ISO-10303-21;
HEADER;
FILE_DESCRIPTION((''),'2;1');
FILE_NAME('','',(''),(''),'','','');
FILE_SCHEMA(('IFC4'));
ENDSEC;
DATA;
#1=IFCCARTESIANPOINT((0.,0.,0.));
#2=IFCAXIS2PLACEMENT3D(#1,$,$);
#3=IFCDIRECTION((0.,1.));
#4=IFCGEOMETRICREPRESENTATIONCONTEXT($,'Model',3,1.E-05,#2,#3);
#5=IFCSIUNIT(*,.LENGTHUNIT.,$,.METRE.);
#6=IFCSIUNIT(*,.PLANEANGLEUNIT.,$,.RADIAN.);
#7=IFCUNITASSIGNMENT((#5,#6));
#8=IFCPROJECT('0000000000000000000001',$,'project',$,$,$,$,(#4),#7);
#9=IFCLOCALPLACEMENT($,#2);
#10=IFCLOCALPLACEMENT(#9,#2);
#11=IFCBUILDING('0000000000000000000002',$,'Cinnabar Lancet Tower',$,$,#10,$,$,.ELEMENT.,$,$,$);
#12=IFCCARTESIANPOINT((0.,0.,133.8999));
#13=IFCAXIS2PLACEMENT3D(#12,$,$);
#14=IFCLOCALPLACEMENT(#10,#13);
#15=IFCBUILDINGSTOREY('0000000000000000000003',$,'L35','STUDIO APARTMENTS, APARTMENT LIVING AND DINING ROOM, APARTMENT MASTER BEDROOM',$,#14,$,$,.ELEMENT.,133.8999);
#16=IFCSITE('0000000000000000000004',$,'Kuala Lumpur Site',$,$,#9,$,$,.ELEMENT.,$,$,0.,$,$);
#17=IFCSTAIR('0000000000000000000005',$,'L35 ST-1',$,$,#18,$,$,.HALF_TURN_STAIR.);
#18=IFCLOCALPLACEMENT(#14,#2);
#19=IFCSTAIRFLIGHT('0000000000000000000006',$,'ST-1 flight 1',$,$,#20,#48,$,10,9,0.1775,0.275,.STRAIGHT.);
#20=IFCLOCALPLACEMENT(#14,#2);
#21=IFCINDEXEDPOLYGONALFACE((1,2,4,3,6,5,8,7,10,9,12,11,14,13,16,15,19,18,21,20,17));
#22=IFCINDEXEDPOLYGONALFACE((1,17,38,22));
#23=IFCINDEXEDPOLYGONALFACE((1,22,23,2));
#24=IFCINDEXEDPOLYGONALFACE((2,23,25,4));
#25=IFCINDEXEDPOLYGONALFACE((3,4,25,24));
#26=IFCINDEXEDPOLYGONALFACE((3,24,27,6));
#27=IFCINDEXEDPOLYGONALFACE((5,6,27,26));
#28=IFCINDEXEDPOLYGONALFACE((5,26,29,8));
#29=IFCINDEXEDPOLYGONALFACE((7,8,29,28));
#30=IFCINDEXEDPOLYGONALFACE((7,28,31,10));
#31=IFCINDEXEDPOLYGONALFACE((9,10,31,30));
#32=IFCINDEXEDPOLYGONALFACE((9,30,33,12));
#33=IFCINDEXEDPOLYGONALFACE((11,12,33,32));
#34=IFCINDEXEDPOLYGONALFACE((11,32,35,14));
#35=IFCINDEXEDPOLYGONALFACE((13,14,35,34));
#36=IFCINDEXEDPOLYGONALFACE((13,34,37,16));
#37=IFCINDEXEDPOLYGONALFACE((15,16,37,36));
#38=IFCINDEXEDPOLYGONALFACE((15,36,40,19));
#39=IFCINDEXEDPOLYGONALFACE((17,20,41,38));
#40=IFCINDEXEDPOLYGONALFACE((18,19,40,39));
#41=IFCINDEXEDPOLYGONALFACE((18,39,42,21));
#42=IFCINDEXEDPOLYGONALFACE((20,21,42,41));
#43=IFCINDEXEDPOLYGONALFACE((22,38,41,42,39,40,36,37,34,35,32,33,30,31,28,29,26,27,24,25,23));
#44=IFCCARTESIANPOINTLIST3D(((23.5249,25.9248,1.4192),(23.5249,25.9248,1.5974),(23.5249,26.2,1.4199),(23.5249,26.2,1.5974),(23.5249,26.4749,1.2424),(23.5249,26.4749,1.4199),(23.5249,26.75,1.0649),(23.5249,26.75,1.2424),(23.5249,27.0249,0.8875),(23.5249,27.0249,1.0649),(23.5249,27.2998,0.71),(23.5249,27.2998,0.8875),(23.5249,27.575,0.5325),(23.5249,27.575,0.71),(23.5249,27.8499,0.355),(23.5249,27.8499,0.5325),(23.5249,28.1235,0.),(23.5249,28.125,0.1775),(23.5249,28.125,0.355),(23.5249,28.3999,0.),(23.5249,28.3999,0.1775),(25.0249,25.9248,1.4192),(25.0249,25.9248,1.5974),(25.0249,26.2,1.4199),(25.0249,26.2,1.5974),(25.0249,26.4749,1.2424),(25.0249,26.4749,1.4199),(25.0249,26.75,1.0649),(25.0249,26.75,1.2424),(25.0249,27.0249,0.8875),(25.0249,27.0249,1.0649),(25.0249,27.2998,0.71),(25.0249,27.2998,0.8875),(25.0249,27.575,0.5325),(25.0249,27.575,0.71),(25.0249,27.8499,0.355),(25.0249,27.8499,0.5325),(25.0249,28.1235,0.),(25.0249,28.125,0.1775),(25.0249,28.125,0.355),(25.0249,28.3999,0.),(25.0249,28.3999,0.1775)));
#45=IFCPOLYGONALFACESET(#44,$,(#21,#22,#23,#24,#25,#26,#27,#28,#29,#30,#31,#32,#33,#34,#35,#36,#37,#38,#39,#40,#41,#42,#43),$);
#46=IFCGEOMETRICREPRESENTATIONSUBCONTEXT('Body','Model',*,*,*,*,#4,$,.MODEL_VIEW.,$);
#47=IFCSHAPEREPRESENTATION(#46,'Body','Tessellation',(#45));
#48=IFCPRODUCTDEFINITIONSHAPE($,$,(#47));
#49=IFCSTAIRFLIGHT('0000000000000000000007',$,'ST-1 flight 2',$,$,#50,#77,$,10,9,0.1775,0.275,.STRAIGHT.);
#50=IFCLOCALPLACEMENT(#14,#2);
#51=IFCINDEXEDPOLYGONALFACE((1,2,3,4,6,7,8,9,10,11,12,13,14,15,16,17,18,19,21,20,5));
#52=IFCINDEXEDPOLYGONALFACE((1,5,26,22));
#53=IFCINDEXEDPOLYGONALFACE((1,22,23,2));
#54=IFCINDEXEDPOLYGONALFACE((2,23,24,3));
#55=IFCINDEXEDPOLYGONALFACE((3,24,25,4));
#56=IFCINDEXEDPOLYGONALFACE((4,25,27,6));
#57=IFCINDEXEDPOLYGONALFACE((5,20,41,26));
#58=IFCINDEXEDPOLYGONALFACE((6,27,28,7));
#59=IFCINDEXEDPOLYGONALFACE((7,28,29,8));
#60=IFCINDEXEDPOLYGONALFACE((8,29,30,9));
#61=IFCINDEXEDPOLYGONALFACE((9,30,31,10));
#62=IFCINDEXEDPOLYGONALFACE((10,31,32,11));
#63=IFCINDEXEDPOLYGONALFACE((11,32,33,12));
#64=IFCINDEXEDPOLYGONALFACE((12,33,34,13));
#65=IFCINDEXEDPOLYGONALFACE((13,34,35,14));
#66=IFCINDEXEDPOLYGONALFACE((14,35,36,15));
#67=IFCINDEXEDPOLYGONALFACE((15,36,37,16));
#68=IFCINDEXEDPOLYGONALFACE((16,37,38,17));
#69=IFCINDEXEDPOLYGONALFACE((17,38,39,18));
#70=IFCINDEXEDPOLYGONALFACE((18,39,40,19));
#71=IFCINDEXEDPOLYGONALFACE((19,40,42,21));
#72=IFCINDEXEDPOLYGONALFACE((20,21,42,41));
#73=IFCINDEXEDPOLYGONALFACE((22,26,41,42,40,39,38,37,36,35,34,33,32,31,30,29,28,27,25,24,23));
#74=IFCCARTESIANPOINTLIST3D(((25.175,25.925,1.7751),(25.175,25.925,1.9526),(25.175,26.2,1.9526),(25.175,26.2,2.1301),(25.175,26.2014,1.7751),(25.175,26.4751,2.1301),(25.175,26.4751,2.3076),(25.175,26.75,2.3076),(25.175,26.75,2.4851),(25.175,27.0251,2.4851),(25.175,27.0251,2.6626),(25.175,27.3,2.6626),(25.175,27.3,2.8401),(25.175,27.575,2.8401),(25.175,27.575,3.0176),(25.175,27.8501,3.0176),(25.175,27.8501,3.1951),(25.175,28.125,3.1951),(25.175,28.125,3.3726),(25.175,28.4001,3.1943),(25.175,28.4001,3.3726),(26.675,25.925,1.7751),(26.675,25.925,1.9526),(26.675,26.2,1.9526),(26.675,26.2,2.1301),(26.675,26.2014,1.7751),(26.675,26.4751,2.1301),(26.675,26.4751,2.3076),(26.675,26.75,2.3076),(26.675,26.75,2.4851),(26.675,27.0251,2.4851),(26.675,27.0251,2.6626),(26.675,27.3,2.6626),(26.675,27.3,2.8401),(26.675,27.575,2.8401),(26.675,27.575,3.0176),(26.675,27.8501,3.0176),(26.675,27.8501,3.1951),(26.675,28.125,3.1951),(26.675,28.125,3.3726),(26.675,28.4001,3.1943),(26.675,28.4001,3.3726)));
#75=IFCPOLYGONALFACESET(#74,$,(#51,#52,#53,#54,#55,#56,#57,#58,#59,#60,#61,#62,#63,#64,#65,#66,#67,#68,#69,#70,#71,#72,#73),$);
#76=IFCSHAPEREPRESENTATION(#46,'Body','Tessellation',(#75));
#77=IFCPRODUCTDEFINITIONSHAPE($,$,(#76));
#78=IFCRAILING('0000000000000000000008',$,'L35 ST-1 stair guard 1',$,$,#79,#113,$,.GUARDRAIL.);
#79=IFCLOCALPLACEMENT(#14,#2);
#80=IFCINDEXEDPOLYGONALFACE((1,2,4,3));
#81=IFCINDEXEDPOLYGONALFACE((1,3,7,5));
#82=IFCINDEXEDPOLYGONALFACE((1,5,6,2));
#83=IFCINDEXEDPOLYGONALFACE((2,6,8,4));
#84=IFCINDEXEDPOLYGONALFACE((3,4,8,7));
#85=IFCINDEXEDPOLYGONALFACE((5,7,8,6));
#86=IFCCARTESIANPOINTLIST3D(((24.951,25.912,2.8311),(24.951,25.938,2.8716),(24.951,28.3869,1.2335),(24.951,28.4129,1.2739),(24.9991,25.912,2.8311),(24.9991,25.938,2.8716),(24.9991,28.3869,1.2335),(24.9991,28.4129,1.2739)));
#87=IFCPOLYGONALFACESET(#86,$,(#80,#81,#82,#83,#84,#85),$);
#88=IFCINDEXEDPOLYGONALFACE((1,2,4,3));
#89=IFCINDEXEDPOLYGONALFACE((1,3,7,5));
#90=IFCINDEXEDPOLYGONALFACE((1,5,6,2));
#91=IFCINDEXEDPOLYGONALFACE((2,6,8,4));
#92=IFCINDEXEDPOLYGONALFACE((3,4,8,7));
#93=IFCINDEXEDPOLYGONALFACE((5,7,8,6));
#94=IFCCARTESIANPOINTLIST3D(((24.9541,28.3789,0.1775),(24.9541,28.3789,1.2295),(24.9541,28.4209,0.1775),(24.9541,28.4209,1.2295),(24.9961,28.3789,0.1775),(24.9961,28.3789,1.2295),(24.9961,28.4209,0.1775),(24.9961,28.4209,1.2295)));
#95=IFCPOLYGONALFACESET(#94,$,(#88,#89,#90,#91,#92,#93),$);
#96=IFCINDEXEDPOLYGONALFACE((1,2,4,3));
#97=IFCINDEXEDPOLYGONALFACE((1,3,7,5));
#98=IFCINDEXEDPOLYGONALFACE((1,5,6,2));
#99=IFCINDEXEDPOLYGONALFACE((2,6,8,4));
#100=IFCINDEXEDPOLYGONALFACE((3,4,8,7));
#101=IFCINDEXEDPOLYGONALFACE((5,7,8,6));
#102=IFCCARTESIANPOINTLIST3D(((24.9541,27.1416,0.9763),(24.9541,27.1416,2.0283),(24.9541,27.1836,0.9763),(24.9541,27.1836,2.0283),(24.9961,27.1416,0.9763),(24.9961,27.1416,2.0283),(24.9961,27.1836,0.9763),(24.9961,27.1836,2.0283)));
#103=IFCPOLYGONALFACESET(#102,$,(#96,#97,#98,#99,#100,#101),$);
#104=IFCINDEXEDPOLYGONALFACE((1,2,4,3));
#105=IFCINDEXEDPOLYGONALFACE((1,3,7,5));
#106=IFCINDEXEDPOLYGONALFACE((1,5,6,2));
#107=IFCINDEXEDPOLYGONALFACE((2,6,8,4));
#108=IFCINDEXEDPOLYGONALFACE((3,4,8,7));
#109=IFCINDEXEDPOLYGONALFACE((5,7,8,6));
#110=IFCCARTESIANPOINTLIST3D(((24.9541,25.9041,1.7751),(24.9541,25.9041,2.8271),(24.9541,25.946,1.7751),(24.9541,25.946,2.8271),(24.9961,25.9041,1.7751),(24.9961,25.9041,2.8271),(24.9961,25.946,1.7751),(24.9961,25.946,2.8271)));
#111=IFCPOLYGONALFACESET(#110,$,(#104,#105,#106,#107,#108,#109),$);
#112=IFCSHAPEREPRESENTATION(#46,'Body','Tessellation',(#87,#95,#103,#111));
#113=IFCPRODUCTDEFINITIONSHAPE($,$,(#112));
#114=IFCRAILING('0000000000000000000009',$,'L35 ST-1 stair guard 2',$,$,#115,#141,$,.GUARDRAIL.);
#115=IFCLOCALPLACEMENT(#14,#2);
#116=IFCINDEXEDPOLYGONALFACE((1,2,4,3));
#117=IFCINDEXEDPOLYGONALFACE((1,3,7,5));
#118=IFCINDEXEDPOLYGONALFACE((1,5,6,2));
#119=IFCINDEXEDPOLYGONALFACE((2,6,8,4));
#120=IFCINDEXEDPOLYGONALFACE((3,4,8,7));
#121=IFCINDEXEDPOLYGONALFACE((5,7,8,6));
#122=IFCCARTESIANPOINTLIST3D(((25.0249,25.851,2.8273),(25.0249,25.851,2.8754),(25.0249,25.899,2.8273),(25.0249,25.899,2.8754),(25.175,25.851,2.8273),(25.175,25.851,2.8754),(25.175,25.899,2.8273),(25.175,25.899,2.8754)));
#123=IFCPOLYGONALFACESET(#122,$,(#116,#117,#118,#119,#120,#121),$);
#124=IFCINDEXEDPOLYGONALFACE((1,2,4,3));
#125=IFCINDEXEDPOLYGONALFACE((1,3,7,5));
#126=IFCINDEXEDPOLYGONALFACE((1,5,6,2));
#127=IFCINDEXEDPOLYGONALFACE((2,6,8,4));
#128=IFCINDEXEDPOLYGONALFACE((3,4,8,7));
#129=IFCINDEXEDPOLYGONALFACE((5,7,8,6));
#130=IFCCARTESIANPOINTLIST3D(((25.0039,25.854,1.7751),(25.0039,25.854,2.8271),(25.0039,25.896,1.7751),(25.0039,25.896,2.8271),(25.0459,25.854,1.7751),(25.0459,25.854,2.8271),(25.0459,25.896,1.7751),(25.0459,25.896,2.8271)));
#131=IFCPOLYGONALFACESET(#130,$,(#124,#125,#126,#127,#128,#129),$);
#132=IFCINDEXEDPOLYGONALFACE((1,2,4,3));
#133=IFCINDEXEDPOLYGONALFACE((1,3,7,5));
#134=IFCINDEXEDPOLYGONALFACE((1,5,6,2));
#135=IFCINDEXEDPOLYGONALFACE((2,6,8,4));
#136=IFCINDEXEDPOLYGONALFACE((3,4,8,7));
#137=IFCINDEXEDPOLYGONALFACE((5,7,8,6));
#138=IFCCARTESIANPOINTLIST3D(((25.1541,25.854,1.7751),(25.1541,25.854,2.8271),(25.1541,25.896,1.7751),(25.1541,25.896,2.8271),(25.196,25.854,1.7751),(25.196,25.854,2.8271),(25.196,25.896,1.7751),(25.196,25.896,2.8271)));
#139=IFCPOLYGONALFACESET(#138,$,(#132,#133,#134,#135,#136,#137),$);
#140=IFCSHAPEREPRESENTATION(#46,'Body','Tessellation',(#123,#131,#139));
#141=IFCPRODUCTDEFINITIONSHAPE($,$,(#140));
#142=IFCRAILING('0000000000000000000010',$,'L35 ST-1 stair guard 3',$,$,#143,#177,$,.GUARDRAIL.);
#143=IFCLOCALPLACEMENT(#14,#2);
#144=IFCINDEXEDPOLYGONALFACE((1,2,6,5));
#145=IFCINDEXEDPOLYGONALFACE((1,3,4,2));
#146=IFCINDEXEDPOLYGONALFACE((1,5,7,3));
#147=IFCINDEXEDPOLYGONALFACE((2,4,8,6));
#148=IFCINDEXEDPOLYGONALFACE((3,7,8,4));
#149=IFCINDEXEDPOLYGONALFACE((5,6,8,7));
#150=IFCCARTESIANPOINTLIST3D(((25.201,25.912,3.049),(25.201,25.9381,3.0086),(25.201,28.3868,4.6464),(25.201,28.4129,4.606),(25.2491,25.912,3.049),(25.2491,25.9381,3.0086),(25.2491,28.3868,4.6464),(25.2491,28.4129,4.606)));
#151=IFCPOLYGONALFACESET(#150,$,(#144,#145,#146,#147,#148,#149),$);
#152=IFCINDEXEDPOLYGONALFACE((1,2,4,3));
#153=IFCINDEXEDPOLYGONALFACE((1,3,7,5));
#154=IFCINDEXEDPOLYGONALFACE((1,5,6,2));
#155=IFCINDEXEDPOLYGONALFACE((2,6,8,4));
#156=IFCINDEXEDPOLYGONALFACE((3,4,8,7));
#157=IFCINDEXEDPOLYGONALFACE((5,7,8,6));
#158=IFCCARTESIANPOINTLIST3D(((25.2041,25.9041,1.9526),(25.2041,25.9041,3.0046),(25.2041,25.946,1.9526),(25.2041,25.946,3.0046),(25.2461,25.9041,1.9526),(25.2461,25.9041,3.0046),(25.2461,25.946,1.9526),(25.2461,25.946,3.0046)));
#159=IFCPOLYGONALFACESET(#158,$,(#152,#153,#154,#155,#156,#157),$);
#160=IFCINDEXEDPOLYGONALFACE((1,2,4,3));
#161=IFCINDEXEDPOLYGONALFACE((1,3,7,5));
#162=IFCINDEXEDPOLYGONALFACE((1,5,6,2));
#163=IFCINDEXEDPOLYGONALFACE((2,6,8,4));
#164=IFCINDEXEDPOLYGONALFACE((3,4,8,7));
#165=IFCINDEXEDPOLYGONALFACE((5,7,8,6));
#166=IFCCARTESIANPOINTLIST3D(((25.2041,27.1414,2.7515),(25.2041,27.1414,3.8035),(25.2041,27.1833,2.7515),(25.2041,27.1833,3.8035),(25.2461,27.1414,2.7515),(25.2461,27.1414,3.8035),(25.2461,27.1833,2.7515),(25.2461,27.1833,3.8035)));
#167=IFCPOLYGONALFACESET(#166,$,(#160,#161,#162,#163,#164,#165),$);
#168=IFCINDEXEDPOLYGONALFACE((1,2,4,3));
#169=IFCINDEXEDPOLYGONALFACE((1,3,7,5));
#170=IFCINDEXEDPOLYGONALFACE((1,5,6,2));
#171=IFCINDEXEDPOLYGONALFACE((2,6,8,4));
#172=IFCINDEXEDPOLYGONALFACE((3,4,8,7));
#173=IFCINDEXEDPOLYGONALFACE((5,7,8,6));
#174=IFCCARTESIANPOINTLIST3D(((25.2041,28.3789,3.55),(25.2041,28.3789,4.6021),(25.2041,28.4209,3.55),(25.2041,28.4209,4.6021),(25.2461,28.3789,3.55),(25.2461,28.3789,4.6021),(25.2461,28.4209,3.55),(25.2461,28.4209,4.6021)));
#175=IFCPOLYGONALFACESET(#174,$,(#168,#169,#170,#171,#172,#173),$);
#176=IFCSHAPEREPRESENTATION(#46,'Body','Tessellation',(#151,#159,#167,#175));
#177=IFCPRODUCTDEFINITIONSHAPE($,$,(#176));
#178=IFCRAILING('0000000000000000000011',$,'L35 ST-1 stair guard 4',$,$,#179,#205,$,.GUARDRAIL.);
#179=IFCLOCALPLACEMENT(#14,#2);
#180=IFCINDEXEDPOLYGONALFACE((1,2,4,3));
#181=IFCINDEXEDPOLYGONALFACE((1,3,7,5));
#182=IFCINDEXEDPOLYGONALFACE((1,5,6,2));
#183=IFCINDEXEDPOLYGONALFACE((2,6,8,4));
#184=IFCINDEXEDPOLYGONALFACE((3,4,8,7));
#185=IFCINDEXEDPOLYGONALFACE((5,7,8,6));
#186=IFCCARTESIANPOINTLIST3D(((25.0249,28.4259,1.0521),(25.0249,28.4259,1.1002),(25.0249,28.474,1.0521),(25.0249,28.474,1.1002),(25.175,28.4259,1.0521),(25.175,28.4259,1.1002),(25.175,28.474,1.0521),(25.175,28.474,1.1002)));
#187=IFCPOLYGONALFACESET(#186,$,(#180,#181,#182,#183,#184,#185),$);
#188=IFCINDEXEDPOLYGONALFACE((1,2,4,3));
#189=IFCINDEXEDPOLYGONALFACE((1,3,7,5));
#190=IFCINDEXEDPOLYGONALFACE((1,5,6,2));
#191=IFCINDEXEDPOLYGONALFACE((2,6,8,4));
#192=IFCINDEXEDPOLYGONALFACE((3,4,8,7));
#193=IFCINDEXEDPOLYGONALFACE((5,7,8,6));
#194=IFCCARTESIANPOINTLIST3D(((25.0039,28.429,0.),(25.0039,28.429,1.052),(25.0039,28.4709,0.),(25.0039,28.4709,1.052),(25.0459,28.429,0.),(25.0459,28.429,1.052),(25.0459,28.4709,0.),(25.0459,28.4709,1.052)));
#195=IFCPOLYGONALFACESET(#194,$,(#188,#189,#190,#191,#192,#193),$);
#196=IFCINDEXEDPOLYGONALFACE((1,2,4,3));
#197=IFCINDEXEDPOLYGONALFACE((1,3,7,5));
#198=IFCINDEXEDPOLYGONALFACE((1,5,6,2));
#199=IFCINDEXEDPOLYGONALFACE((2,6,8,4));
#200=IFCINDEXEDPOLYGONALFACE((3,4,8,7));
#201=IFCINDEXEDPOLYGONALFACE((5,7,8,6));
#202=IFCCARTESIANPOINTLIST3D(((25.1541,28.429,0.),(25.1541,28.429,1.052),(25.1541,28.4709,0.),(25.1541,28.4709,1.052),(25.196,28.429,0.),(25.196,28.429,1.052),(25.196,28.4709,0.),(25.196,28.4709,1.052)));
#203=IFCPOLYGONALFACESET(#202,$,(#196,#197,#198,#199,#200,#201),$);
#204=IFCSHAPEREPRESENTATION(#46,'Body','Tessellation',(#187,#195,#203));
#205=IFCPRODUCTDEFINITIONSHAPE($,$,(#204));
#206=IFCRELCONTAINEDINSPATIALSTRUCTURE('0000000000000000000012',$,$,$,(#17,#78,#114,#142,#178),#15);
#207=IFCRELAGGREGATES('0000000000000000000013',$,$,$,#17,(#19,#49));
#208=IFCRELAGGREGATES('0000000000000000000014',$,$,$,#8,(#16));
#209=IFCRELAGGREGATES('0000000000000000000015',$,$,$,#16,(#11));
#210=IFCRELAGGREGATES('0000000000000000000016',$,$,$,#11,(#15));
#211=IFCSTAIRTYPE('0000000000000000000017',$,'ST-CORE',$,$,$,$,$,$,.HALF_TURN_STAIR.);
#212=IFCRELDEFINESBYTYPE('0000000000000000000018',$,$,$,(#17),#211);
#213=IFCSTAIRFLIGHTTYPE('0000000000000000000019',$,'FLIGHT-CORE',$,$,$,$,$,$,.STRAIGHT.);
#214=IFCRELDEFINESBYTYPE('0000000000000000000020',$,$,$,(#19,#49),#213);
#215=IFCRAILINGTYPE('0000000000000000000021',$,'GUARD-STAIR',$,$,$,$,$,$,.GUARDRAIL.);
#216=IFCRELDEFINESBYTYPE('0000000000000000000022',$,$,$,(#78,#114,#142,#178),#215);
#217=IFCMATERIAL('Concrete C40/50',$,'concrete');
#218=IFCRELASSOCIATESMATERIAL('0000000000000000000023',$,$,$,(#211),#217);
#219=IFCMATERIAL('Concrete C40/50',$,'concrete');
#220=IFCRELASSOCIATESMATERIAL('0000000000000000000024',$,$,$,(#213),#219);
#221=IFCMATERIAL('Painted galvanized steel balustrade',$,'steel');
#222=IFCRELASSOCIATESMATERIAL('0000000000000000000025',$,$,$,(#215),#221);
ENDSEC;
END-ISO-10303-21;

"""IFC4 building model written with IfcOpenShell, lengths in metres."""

from ifc_helpers import new_model, si_unit, direction, frame, origin, origin_2d, place, context, subcontext, project, spatial, polyline, rectangle, outline, extrude, material, type_object, element, aggregate, save


model = new_model("IFC4")

# Units and contexts
model_context = context("Model", 3, precision=1e-05, world=origin(), true_north=direction((0.0, 1.0)))
body_context = subcontext(model_context, "Body", "Model", "MODEL_VIEW")
ifc_project = project(units=[si_unit("LENGTHUNIT", "METRE"), si_unit("PLANEANGLEUNIT", "RADIAN")], contexts=[model_context])

# Site, building, storey
site_placement = place(None, origin())
site = spatial("IfcSite", under=ifc_project, at=site_placement, Name="Kuala Lumpur Site", CompositionType="ELEMENT", RefElevation=0.0)
building_placement = place(site_placement, origin())
building = spatial("IfcBuilding", under=site, at=building_placement, Name="Cinnabar Lancet Tower", CompositionType="ELEMENT")
storey_placement = place(building_placement, frame((0.0, 0.0, 133.8999)))
storey = spatial("IfcBuildingStorey", under=building, at=storey_placement, Name="L35", Description="STUDIO APARTMENTS, APARTMENT LIVING AND DINING ROOM, APARTMENT MASTER BEDROOM", CompositionType="ELEMENT", Elevation=133.8999)

# Stair, stair flights
ifc_material_1 = material(Name="Concrete C40/50", Category="concrete")
stair_type = type_object("IfcStairType", Name="ST-CORE", PredefinedType="HALF_TURN_STAIR", material=ifc_material_1)
stair_placement = place(storey_placement, origin())
stair = element("IfcStair", 1, at=stair_placement, inside=storey, type_object=stair_type, Name="L35 ST-1", PredefinedType="HALF_TURN_STAIR")
ifc_material_2 = material(Name="Concrete C40/50", Category="concrete")
stair_flight_type = type_object("IfcStairFlightType", Name="FLIGHT-CORE", PredefinedType="STRAIGHT", material=ifc_material_2)
stair_flight_1_placement = place(storey_placement, frame((24.2749, 28.3999, 0.0), z_axis=(0.0, 0.0, 1.0), x_axis=(0.0, -1.0, 0.0)))
stair_flight_1 = element("IfcStairFlight", 2, at=stair_flight_1_placement, type_object=stair_flight_type, Name="ST-1 flight 1", NumberOfRisers=10, NumberOfTreads=9, PredefinedType="STRAIGHT", RiserHeight=0.1775, TreadLength=0.275, context=body_context, shape_type="SweptSolid", body=[
    extrude(outline(polyline([(0.0, 0.0), (0.0, 0.1775), (0.2749, 0.1775), (0.2749, 0.355), (0.55, 0.355), (0.55, 0.5325), (0.825, 0.5325), (0.825, 0.71), (1.1001, 0.71), (1.1001, 0.8875), (1.375, 0.8875), (1.375, 1.0649), (1.6499, 1.0649), (1.6499, 1.2424), (1.925, 1.2424), (1.925, 1.4199), (2.2, 1.4199), (2.2, 1.5974), (2.4751, 1.5974), (2.4751, 1.7749), (2.4751, 1.4192), (0.2764, 0.0), (0.0, 0.0)])), frame((0.0, 0.75, 0.0), z_axis=(0.0, -1.0, 0.0), x_axis=(1.0, 0.0, 0.0)), (0.0, 0.0, 1.0), 1.5),
])
stair_flight_2_placement = place(storey_placement, frame((25.925, 25.925, 1.7751), z_axis=(0.0, 0.0, 1.0), x_axis=(0.0, 1.0, 0.0)))
stair_flight_2 = element("IfcStairFlight", 3, at=stair_flight_2_placement, type_object=stair_flight_type, Name="ST-1 flight 2", NumberOfRisers=10, NumberOfTreads=9, PredefinedType="STRAIGHT", RiserHeight=0.1775, TreadLength=0.275, context=body_context, shape_type="SweptSolid", body=[
    extrude(outline(polyline([(0.0, 0.0), (0.0, 0.1775), (0.2749, 0.1775), (0.2749, 0.355), (0.55, 0.355), (0.55, 0.5325), (0.825, 0.5325), (0.825, 0.71), (1.1001, 0.71), (1.1001, 0.8875), (1.375, 0.8875), (1.375, 1.0649), (1.6499, 1.0649), (1.6499, 1.2424), (1.925, 1.2424), (1.925, 1.4199), (2.2, 1.4199), (2.2, 1.5974), (2.4751, 1.5974), (2.4751, 1.7749), (2.4751, 1.4192), (0.2764, 0.0), (0.0, 0.0)])), frame((0.0, 0.75, 0.0), z_axis=(0.0, -1.0, 0.0), x_axis=(1.0, 0.0, 0.0)), (0.0, 0.0, 1.0), 1.5),
])
aggregate(stair, [stair_flight_1, stair_flight_2])

# Railings
ifc_material_3 = material(Name="Painted galvanized steel balustrade", Category="steel")
railing_type_1 = type_object("IfcRailingType", Name="GUARD-STAIR", PredefinedType="GUARDRAIL", material=ifc_material_3)
railing_1_placement = place(storey_placement, frame((24.9751, 28.3999, 0.1775)))
element("IfcRailing", 4, at=railing_1_placement, inside=storey, type_object=railing_type_1, Name="L35 ST-1 stair guard 1", PredefinedType="GUARDRAIL", context=body_context, shape_type="SweptSolid", body=[
    extrude(rectangle(XDim=0.0481, YDim=0.0481, at=origin_2d()), frame((0.0, 0.0, 1.0762), z_axis=(0.0, -0.840146, 0.542361), x_axis=(1.0, 0.0, 0.0)), (0.0, 0.0, 1.0), 2.9458),
    extrude(rectangle(XDim=0.042, YDim=0.042, at=origin_2d()), origin(), (0.0, 0.0, 1.0), 1.052),
    extrude(rectangle(XDim=0.042, YDim=0.042, at=origin_2d()), frame((0.0, -1.2373, 0.7988)), (0.0, 0.0, 1.0), 1.052),
    extrude(rectangle(XDim=0.042, YDim=0.042, at=origin_2d()), frame((0.0, -2.4749, 1.5977)), (0.0, 0.0, 1.0), 1.052),
])
railing_2_placement = place(storey_placement, frame((25.0249, 25.875, 1.7751)))
element("IfcRailing", 5, at=railing_2_placement, inside=storey, type_object=railing_type_1, Name="L35 ST-1 stair guard 2", PredefinedType="GUARDRAIL", context=body_context, shape_type="SweptSolid", body=[
    extrude(rectangle(XDim=0.0481, YDim=0.0481, at=origin_2d()), frame((0.0, 0.0, 1.0762), z_axis=(1.0, 0.0, 0.0), x_axis=(0.0, 1.0, 0.0)), (0.0, 0.0, 1.0), 0.1501),
    extrude(rectangle(XDim=0.042, YDim=0.042, at=origin_2d()), origin(), (0.0, 0.0, 1.0), 1.052),
    extrude(rectangle(XDim=0.042, YDim=0.042, at=origin_2d()), frame((0.1501, 0.0, 0.0)), (0.0, 0.0, 1.0), 1.052),
])
railing_3_placement = place(storey_placement, frame((25.2251, 25.925, 1.9526)))
element("IfcRailing", 6, at=railing_3_placement, inside=storey, type_object=railing_type_1, Name="L35 ST-1 stair guard 3", PredefinedType="GUARDRAIL", context=body_context, shape_type="SweptSolid", body=[
    extrude(rectangle(XDim=0.0481, YDim=0.0481, at=origin_2d()), frame((0.0, 0.0, 1.0762), z_axis=(0.0, 0.840183, 0.542302), x_axis=(-1.0, 0.0, 0.0)), (0.0, 0.0, 1.0), 2.9456),
    extrude(rectangle(XDim=0.042, YDim=0.042, at=origin_2d()), origin(), (0.0, 0.0, 1.0), 1.052),
    extrude(rectangle(XDim=0.042, YDim=0.042, at=origin_2d()), frame((0.0, 1.2373, 0.7988)), (0.0, 0.0, 1.0), 1.052),
    extrude(rectangle(XDim=0.042, YDim=0.042, at=origin_2d()), frame((0.0, 2.4749, 1.5974)), (0.0, 0.0, 1.0), 1.052),
])
railing_4_placement = place(storey_placement, frame((25.0249, 28.45, 0.0)))
element("IfcRailing", 7, at=railing_4_placement, inside=storey, type_object=railing_type_1, Name="L35 ST-1 stair guard 4", PredefinedType="GUARDRAIL", context=body_context, shape_type="SweptSolid", body=[
    extrude(rectangle(XDim=0.0481, YDim=0.0481, at=origin_2d()), frame((0.0, 0.0, 1.0762), z_axis=(1.0, 0.0, 0.0), x_axis=(0.0, 1.0, 0.0)), (0.0, 0.0, 1.0), 0.1501),
    extrude(rectangle(XDim=0.042, YDim=0.042, at=origin_2d()), origin(), (0.0, 0.0, 1.0), 1.052),
    extrude(rectangle(XDim=0.042, YDim=0.042, at=origin_2d()), frame((0.1501, 0.0, 0.0)), (0.0, 0.0, 1.0), 1.052),
])

save(model, "model.ifc")
